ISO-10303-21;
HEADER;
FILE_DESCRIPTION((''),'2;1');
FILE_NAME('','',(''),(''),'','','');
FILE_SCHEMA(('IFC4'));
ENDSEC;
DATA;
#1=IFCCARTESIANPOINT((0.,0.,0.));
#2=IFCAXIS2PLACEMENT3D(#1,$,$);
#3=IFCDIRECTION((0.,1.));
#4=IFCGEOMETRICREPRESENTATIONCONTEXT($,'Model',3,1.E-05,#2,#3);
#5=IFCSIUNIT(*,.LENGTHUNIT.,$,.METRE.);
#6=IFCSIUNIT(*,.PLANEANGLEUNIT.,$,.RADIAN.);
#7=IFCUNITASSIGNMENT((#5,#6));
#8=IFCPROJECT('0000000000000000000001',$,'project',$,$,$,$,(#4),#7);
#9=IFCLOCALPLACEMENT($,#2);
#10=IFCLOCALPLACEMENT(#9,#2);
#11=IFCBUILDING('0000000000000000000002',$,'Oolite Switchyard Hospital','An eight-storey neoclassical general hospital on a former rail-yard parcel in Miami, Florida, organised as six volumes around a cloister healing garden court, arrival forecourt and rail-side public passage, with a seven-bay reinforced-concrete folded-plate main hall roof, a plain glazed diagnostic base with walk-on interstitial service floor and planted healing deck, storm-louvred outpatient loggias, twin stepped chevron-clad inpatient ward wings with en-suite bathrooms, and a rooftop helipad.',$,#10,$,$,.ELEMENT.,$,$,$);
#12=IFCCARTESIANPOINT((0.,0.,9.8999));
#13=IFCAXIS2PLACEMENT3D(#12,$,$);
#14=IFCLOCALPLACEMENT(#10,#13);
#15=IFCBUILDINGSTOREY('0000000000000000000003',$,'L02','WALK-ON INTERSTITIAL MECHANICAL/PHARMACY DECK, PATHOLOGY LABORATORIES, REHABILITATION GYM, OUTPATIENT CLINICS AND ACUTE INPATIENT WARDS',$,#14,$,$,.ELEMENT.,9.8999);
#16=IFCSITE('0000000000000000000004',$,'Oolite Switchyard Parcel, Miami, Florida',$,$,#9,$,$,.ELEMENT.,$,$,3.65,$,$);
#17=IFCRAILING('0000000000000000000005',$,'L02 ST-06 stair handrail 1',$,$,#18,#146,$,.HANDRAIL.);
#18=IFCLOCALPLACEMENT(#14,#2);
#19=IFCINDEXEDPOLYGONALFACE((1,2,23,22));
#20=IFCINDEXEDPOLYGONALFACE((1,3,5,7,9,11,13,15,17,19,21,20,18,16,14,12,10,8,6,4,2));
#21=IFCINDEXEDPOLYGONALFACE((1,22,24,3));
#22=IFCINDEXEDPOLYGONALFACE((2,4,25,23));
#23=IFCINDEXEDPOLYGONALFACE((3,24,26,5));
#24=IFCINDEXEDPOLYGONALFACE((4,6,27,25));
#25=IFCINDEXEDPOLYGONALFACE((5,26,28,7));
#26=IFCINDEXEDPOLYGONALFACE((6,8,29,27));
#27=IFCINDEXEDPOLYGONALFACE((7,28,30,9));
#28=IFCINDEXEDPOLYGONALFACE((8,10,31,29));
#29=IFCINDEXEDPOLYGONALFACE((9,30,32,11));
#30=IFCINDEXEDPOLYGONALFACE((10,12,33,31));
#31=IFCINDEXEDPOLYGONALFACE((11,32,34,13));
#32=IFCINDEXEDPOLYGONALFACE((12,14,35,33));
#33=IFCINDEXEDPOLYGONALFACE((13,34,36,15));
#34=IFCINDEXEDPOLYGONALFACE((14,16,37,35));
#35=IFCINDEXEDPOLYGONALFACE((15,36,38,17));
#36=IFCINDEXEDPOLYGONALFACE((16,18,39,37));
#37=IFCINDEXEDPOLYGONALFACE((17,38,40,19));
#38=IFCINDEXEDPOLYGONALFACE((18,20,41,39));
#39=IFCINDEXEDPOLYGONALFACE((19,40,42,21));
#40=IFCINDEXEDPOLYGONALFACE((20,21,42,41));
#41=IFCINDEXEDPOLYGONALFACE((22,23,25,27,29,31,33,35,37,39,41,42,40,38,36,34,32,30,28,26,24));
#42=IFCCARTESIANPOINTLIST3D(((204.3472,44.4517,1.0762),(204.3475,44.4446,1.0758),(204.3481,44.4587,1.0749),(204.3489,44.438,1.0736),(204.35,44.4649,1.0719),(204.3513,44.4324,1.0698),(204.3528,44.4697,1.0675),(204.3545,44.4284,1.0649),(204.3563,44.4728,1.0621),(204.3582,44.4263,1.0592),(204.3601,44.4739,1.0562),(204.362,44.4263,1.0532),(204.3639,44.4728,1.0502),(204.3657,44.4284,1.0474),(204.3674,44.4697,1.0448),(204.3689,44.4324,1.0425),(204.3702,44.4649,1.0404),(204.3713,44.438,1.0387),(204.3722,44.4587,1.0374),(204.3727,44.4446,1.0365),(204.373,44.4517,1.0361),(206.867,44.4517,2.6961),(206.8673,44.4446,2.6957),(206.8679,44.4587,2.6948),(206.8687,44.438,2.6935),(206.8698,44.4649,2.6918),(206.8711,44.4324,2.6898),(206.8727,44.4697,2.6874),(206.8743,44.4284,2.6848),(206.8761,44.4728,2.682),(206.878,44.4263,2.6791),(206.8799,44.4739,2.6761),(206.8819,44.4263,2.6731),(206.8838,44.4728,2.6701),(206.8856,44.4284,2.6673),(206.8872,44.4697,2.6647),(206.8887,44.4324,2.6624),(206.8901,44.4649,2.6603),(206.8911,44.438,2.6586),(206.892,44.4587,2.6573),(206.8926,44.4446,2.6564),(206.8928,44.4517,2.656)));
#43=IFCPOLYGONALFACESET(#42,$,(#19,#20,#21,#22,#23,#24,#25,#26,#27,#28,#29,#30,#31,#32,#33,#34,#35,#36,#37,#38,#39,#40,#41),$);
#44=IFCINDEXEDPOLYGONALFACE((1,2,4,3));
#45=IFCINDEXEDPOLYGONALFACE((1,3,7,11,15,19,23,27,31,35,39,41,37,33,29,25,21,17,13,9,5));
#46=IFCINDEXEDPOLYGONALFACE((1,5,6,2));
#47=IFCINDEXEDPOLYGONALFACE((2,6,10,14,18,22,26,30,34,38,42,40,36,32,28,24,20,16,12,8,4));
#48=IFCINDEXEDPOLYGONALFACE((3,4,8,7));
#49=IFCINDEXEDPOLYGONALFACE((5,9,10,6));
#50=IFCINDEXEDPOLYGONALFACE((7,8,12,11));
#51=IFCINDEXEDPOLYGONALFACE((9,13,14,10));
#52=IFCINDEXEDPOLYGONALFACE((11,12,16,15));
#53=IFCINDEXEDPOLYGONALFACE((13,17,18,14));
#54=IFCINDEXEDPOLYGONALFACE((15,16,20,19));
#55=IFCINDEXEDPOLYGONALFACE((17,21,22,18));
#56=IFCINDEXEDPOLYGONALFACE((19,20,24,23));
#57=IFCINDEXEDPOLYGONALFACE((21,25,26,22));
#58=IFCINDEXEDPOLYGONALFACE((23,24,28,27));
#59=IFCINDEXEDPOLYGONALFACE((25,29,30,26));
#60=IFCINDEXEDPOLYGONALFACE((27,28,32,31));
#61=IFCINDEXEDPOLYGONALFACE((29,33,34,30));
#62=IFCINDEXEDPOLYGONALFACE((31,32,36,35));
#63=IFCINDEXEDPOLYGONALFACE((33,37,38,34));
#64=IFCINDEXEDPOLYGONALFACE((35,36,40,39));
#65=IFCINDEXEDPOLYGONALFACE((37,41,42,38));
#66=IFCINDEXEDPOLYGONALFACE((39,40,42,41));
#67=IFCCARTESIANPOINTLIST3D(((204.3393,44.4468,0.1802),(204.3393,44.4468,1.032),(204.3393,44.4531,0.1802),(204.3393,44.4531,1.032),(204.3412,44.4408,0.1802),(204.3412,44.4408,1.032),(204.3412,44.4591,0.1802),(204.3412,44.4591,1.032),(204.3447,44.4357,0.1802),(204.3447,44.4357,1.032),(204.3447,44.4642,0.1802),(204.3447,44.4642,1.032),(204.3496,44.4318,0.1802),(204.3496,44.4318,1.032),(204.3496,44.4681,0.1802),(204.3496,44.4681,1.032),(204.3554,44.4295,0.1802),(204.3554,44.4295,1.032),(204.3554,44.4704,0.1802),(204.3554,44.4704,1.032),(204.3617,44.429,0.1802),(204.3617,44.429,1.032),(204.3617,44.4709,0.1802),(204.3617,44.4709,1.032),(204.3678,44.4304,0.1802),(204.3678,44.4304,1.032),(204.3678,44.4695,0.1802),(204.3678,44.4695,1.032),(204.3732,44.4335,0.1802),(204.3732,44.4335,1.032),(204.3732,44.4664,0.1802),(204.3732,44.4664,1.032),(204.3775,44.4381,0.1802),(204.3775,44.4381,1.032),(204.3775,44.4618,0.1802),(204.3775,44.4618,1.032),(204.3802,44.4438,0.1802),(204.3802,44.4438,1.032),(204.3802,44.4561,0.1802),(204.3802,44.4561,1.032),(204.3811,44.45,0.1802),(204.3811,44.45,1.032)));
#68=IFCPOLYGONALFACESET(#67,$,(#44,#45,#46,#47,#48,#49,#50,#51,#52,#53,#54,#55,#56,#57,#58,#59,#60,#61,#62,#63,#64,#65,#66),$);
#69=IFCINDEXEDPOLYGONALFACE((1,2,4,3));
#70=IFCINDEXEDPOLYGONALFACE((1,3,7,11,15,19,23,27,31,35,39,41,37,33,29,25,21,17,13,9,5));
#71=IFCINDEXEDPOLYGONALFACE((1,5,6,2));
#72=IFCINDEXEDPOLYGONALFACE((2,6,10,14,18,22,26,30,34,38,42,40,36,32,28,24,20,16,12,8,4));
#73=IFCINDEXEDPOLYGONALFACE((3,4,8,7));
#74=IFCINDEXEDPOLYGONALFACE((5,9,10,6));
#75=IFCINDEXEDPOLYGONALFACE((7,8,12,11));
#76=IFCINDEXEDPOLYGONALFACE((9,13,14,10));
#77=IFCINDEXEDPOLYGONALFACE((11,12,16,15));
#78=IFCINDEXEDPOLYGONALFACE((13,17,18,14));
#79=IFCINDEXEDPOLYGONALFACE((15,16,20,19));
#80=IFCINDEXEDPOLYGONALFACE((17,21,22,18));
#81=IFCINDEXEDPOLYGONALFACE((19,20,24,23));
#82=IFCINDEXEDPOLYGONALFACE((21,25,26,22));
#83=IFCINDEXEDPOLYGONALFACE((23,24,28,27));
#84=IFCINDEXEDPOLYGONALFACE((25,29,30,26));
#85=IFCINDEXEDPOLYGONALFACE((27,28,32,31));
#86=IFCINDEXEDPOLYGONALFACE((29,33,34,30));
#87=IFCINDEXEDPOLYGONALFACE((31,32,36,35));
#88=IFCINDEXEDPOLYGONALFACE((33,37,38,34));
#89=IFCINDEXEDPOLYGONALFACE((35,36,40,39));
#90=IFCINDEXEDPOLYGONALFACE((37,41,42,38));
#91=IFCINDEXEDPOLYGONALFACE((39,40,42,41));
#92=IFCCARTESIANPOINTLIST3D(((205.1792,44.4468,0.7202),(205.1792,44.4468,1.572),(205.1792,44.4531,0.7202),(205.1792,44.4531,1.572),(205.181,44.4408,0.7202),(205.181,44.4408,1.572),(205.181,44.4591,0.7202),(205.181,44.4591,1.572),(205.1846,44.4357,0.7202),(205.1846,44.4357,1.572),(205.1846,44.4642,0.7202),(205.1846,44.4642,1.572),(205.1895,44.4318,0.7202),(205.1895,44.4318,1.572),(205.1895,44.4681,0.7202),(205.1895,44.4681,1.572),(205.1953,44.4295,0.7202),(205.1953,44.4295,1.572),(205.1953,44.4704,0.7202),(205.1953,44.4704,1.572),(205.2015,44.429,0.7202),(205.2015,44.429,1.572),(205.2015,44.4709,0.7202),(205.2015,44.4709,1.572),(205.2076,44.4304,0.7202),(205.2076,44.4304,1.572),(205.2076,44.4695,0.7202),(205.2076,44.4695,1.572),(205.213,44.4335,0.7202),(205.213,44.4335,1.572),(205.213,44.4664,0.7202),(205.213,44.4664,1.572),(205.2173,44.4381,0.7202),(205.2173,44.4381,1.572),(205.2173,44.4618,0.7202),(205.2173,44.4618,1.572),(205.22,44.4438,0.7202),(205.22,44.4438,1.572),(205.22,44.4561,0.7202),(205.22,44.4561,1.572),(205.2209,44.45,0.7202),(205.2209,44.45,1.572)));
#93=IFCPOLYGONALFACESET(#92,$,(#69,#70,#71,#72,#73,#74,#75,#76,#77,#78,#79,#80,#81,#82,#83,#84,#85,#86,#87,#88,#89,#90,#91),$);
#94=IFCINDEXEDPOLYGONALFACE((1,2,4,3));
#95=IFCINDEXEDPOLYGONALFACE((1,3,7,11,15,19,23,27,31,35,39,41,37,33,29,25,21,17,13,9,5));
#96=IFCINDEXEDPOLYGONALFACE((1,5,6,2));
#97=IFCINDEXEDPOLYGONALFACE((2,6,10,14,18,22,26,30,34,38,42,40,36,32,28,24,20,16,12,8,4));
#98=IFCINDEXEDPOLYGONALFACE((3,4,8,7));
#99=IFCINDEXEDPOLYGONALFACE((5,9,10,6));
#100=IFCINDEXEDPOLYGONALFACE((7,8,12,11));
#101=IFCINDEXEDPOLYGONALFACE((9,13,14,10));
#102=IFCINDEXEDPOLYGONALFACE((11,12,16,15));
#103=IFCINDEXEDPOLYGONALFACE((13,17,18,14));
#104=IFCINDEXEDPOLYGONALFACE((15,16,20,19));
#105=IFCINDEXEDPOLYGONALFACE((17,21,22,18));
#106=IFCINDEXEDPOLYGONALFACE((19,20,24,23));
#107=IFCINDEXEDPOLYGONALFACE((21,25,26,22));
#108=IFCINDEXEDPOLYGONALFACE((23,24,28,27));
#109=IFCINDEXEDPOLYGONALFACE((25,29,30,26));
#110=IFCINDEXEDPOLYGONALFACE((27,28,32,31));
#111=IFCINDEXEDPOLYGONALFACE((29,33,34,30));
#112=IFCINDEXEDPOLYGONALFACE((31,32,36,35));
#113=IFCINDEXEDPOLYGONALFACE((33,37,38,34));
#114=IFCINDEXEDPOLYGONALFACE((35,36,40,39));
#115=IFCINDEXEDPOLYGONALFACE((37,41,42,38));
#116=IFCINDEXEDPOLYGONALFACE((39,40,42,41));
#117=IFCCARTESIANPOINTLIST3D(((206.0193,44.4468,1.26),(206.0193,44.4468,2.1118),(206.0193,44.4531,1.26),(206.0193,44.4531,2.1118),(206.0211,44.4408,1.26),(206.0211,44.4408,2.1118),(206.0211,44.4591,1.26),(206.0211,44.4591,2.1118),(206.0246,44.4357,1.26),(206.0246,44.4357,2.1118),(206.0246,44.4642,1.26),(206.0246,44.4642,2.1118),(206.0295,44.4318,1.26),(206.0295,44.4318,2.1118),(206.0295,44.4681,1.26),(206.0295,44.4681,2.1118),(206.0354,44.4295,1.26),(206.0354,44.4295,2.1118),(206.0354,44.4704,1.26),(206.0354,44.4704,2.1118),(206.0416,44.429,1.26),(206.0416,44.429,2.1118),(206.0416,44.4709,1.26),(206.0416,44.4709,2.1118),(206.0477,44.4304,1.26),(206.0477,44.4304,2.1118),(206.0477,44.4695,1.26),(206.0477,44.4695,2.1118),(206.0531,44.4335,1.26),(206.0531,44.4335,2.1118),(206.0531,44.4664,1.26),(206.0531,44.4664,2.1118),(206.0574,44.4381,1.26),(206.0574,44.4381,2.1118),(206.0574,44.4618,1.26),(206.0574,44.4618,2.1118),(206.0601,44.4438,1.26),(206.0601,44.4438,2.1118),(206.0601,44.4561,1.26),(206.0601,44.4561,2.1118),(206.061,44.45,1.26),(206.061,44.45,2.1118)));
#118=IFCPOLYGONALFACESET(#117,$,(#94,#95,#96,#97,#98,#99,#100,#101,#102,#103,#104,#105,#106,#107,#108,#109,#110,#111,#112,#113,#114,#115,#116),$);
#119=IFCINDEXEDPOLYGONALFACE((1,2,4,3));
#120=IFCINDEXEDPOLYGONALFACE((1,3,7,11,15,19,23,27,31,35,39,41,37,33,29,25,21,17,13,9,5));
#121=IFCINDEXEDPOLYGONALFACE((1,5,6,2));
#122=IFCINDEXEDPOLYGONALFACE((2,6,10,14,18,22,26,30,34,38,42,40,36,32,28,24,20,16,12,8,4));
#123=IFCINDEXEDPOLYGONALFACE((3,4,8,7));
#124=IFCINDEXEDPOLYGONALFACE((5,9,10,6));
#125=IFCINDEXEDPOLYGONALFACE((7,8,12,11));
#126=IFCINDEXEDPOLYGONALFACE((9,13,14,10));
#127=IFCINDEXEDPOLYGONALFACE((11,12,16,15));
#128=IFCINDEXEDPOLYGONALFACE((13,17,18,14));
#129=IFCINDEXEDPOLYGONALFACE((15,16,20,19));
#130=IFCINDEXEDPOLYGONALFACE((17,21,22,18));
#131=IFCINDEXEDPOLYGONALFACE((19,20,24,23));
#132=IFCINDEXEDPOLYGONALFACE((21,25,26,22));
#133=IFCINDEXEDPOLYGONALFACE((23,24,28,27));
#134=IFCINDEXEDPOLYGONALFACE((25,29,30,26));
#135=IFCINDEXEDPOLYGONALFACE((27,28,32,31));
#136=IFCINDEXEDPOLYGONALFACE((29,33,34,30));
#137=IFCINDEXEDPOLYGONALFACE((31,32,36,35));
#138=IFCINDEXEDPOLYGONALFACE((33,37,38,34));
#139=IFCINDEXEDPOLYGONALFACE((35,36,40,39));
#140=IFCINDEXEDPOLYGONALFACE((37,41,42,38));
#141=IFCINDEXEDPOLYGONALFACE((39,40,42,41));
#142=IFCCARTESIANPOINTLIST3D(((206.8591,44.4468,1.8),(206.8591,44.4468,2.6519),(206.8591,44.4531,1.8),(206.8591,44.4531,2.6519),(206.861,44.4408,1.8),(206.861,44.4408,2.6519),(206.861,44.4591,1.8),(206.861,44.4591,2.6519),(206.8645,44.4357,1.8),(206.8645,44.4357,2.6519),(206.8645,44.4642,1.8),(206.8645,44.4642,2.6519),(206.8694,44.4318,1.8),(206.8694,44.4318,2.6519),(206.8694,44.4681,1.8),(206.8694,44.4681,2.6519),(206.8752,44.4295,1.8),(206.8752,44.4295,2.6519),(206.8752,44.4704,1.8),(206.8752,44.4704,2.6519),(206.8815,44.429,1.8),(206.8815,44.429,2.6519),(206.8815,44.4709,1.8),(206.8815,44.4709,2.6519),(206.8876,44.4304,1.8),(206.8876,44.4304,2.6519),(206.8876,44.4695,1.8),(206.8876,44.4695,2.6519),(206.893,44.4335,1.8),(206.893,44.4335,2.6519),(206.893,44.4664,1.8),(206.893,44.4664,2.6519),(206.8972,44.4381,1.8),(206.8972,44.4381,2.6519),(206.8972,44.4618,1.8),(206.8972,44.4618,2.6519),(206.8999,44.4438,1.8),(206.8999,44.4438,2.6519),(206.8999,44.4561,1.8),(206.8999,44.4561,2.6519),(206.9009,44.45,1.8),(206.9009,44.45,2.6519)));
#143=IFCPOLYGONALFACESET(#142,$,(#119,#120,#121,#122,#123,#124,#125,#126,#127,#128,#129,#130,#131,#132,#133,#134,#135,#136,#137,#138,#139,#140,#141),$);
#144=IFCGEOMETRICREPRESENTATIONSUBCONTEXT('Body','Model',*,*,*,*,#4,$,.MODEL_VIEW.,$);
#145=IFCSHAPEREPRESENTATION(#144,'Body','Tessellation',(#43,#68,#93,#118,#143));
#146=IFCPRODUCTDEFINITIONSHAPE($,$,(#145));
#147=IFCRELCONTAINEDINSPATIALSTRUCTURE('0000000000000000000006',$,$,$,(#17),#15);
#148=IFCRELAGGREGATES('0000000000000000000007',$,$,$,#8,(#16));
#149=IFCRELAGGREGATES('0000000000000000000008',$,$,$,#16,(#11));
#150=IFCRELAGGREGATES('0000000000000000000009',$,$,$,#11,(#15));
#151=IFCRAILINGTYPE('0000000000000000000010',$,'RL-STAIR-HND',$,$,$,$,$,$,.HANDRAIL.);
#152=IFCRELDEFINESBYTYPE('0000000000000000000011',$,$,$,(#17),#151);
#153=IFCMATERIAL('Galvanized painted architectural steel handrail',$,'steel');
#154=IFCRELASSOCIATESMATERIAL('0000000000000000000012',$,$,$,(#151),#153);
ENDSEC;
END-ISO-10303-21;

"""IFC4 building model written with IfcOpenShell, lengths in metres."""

from ifc_helpers import new_model, si_unit, direction, frame, origin, origin_2d, place, context, subcontext, project, spatial, circle, extrude, material, type_object, element, save


model = new_model("IFC4")

# Units and contexts
model_context = context("Model", 3, precision=1e-05, world=origin(), true_north=direction((0.0, 1.0)))
body_context = subcontext(model_context, "Body", "Model", "MODEL_VIEW")
ifc_project = project(units=[si_unit("LENGTHUNIT", "METRE"), si_unit("PLANEANGLEUNIT", "RADIAN")], contexts=[model_context])

# Site, building, storey
site_placement = place(None, origin())
site = spatial("IfcSite", under=ifc_project, at=site_placement, Name="Oolite Switchyard Parcel, Miami, Florida", CompositionType="ELEMENT", RefElevation=3.65)
building_placement = place(site_placement, origin())
building = spatial("IfcBuilding", under=site, at=building_placement, Name="Oolite Switchyard Hospital", Description="An eight-storey neoclassical general hospital on a former rail-yard parcel in Miami, Florida, organised as six volumes around a cloister healing garden court, arrival forecourt and rail-side public passage, with a seven-bay reinforced-concrete folded-plate main hall roof, a plain glazed diagnostic base with walk-on interstitial service floor and planted healing deck, storm-louvred outpatient loggias, twin stepped chevron-clad inpatient ward wings with en-suite bathrooms, and a rooftop helipad.", CompositionType="ELEMENT")
storey_placement = place(building_placement, frame((0.0, 0.0, 9.8999)))
storey = spatial("IfcBuildingStorey", under=building, at=storey_placement, Name="L02", Description="WALK-ON INTERSTITIAL MECHANICAL/PHARMACY DECK, PATHOLOGY LABORATORIES, REHABILITATION GYM, OUTPATIENT CLINICS AND ACUTE INPATIENT WARDS", CompositionType="ELEMENT", Elevation=9.8999)

# Railing
ifc_material_1 = material(Name="Galvanized painted architectural steel handrail", Category="steel")
railing_type_1 = type_object("IfcRailingType", Name="RL-STAIR-HND", PredefinedType="HANDRAIL", material=ifc_material_1)
railing_1_placement = place(storey_placement, frame((204.3601, 44.45, 0.1802)))
element("IfcRailing", 1, at=railing_1_placement, inside=storey, type_object=railing_type_1, Name="L02 ST-06 stair handrail 1", PredefinedType="HANDRAIL", context=body_context, shape_type="SweptSolid", body=[
    extrude(circle(Radius=0.0239, at=origin_2d()), frame((0.0, 0.0, 0.876), z_axis=(0.841176, 0.0, 0.540762), x_axis=(0.0, 1.0, 0.0)), (0.0, 0.0, 1.0), 2.9956),
    extrude(circle(Radius=0.021, at=origin_2d()), origin(), (0.0, 0.0, 1.0), 0.8518),
    extrude(circle(Radius=0.021, at=origin_2d()), frame((0.8398, 0.0, 0.54)), (0.0, 0.0, 1.0), 0.8518),
    extrude(circle(Radius=0.021, at=origin_2d()), frame((1.6799, 0.0, 1.0798)), (0.0, 0.0, 1.0), 0.8518),
    extrude(circle(Radius=0.021, at=origin_2d()), frame((2.5198, 0.0, 1.6199)), (0.0, 0.0, 1.0), 0.8518),
])

save(model, "model.ifc")
